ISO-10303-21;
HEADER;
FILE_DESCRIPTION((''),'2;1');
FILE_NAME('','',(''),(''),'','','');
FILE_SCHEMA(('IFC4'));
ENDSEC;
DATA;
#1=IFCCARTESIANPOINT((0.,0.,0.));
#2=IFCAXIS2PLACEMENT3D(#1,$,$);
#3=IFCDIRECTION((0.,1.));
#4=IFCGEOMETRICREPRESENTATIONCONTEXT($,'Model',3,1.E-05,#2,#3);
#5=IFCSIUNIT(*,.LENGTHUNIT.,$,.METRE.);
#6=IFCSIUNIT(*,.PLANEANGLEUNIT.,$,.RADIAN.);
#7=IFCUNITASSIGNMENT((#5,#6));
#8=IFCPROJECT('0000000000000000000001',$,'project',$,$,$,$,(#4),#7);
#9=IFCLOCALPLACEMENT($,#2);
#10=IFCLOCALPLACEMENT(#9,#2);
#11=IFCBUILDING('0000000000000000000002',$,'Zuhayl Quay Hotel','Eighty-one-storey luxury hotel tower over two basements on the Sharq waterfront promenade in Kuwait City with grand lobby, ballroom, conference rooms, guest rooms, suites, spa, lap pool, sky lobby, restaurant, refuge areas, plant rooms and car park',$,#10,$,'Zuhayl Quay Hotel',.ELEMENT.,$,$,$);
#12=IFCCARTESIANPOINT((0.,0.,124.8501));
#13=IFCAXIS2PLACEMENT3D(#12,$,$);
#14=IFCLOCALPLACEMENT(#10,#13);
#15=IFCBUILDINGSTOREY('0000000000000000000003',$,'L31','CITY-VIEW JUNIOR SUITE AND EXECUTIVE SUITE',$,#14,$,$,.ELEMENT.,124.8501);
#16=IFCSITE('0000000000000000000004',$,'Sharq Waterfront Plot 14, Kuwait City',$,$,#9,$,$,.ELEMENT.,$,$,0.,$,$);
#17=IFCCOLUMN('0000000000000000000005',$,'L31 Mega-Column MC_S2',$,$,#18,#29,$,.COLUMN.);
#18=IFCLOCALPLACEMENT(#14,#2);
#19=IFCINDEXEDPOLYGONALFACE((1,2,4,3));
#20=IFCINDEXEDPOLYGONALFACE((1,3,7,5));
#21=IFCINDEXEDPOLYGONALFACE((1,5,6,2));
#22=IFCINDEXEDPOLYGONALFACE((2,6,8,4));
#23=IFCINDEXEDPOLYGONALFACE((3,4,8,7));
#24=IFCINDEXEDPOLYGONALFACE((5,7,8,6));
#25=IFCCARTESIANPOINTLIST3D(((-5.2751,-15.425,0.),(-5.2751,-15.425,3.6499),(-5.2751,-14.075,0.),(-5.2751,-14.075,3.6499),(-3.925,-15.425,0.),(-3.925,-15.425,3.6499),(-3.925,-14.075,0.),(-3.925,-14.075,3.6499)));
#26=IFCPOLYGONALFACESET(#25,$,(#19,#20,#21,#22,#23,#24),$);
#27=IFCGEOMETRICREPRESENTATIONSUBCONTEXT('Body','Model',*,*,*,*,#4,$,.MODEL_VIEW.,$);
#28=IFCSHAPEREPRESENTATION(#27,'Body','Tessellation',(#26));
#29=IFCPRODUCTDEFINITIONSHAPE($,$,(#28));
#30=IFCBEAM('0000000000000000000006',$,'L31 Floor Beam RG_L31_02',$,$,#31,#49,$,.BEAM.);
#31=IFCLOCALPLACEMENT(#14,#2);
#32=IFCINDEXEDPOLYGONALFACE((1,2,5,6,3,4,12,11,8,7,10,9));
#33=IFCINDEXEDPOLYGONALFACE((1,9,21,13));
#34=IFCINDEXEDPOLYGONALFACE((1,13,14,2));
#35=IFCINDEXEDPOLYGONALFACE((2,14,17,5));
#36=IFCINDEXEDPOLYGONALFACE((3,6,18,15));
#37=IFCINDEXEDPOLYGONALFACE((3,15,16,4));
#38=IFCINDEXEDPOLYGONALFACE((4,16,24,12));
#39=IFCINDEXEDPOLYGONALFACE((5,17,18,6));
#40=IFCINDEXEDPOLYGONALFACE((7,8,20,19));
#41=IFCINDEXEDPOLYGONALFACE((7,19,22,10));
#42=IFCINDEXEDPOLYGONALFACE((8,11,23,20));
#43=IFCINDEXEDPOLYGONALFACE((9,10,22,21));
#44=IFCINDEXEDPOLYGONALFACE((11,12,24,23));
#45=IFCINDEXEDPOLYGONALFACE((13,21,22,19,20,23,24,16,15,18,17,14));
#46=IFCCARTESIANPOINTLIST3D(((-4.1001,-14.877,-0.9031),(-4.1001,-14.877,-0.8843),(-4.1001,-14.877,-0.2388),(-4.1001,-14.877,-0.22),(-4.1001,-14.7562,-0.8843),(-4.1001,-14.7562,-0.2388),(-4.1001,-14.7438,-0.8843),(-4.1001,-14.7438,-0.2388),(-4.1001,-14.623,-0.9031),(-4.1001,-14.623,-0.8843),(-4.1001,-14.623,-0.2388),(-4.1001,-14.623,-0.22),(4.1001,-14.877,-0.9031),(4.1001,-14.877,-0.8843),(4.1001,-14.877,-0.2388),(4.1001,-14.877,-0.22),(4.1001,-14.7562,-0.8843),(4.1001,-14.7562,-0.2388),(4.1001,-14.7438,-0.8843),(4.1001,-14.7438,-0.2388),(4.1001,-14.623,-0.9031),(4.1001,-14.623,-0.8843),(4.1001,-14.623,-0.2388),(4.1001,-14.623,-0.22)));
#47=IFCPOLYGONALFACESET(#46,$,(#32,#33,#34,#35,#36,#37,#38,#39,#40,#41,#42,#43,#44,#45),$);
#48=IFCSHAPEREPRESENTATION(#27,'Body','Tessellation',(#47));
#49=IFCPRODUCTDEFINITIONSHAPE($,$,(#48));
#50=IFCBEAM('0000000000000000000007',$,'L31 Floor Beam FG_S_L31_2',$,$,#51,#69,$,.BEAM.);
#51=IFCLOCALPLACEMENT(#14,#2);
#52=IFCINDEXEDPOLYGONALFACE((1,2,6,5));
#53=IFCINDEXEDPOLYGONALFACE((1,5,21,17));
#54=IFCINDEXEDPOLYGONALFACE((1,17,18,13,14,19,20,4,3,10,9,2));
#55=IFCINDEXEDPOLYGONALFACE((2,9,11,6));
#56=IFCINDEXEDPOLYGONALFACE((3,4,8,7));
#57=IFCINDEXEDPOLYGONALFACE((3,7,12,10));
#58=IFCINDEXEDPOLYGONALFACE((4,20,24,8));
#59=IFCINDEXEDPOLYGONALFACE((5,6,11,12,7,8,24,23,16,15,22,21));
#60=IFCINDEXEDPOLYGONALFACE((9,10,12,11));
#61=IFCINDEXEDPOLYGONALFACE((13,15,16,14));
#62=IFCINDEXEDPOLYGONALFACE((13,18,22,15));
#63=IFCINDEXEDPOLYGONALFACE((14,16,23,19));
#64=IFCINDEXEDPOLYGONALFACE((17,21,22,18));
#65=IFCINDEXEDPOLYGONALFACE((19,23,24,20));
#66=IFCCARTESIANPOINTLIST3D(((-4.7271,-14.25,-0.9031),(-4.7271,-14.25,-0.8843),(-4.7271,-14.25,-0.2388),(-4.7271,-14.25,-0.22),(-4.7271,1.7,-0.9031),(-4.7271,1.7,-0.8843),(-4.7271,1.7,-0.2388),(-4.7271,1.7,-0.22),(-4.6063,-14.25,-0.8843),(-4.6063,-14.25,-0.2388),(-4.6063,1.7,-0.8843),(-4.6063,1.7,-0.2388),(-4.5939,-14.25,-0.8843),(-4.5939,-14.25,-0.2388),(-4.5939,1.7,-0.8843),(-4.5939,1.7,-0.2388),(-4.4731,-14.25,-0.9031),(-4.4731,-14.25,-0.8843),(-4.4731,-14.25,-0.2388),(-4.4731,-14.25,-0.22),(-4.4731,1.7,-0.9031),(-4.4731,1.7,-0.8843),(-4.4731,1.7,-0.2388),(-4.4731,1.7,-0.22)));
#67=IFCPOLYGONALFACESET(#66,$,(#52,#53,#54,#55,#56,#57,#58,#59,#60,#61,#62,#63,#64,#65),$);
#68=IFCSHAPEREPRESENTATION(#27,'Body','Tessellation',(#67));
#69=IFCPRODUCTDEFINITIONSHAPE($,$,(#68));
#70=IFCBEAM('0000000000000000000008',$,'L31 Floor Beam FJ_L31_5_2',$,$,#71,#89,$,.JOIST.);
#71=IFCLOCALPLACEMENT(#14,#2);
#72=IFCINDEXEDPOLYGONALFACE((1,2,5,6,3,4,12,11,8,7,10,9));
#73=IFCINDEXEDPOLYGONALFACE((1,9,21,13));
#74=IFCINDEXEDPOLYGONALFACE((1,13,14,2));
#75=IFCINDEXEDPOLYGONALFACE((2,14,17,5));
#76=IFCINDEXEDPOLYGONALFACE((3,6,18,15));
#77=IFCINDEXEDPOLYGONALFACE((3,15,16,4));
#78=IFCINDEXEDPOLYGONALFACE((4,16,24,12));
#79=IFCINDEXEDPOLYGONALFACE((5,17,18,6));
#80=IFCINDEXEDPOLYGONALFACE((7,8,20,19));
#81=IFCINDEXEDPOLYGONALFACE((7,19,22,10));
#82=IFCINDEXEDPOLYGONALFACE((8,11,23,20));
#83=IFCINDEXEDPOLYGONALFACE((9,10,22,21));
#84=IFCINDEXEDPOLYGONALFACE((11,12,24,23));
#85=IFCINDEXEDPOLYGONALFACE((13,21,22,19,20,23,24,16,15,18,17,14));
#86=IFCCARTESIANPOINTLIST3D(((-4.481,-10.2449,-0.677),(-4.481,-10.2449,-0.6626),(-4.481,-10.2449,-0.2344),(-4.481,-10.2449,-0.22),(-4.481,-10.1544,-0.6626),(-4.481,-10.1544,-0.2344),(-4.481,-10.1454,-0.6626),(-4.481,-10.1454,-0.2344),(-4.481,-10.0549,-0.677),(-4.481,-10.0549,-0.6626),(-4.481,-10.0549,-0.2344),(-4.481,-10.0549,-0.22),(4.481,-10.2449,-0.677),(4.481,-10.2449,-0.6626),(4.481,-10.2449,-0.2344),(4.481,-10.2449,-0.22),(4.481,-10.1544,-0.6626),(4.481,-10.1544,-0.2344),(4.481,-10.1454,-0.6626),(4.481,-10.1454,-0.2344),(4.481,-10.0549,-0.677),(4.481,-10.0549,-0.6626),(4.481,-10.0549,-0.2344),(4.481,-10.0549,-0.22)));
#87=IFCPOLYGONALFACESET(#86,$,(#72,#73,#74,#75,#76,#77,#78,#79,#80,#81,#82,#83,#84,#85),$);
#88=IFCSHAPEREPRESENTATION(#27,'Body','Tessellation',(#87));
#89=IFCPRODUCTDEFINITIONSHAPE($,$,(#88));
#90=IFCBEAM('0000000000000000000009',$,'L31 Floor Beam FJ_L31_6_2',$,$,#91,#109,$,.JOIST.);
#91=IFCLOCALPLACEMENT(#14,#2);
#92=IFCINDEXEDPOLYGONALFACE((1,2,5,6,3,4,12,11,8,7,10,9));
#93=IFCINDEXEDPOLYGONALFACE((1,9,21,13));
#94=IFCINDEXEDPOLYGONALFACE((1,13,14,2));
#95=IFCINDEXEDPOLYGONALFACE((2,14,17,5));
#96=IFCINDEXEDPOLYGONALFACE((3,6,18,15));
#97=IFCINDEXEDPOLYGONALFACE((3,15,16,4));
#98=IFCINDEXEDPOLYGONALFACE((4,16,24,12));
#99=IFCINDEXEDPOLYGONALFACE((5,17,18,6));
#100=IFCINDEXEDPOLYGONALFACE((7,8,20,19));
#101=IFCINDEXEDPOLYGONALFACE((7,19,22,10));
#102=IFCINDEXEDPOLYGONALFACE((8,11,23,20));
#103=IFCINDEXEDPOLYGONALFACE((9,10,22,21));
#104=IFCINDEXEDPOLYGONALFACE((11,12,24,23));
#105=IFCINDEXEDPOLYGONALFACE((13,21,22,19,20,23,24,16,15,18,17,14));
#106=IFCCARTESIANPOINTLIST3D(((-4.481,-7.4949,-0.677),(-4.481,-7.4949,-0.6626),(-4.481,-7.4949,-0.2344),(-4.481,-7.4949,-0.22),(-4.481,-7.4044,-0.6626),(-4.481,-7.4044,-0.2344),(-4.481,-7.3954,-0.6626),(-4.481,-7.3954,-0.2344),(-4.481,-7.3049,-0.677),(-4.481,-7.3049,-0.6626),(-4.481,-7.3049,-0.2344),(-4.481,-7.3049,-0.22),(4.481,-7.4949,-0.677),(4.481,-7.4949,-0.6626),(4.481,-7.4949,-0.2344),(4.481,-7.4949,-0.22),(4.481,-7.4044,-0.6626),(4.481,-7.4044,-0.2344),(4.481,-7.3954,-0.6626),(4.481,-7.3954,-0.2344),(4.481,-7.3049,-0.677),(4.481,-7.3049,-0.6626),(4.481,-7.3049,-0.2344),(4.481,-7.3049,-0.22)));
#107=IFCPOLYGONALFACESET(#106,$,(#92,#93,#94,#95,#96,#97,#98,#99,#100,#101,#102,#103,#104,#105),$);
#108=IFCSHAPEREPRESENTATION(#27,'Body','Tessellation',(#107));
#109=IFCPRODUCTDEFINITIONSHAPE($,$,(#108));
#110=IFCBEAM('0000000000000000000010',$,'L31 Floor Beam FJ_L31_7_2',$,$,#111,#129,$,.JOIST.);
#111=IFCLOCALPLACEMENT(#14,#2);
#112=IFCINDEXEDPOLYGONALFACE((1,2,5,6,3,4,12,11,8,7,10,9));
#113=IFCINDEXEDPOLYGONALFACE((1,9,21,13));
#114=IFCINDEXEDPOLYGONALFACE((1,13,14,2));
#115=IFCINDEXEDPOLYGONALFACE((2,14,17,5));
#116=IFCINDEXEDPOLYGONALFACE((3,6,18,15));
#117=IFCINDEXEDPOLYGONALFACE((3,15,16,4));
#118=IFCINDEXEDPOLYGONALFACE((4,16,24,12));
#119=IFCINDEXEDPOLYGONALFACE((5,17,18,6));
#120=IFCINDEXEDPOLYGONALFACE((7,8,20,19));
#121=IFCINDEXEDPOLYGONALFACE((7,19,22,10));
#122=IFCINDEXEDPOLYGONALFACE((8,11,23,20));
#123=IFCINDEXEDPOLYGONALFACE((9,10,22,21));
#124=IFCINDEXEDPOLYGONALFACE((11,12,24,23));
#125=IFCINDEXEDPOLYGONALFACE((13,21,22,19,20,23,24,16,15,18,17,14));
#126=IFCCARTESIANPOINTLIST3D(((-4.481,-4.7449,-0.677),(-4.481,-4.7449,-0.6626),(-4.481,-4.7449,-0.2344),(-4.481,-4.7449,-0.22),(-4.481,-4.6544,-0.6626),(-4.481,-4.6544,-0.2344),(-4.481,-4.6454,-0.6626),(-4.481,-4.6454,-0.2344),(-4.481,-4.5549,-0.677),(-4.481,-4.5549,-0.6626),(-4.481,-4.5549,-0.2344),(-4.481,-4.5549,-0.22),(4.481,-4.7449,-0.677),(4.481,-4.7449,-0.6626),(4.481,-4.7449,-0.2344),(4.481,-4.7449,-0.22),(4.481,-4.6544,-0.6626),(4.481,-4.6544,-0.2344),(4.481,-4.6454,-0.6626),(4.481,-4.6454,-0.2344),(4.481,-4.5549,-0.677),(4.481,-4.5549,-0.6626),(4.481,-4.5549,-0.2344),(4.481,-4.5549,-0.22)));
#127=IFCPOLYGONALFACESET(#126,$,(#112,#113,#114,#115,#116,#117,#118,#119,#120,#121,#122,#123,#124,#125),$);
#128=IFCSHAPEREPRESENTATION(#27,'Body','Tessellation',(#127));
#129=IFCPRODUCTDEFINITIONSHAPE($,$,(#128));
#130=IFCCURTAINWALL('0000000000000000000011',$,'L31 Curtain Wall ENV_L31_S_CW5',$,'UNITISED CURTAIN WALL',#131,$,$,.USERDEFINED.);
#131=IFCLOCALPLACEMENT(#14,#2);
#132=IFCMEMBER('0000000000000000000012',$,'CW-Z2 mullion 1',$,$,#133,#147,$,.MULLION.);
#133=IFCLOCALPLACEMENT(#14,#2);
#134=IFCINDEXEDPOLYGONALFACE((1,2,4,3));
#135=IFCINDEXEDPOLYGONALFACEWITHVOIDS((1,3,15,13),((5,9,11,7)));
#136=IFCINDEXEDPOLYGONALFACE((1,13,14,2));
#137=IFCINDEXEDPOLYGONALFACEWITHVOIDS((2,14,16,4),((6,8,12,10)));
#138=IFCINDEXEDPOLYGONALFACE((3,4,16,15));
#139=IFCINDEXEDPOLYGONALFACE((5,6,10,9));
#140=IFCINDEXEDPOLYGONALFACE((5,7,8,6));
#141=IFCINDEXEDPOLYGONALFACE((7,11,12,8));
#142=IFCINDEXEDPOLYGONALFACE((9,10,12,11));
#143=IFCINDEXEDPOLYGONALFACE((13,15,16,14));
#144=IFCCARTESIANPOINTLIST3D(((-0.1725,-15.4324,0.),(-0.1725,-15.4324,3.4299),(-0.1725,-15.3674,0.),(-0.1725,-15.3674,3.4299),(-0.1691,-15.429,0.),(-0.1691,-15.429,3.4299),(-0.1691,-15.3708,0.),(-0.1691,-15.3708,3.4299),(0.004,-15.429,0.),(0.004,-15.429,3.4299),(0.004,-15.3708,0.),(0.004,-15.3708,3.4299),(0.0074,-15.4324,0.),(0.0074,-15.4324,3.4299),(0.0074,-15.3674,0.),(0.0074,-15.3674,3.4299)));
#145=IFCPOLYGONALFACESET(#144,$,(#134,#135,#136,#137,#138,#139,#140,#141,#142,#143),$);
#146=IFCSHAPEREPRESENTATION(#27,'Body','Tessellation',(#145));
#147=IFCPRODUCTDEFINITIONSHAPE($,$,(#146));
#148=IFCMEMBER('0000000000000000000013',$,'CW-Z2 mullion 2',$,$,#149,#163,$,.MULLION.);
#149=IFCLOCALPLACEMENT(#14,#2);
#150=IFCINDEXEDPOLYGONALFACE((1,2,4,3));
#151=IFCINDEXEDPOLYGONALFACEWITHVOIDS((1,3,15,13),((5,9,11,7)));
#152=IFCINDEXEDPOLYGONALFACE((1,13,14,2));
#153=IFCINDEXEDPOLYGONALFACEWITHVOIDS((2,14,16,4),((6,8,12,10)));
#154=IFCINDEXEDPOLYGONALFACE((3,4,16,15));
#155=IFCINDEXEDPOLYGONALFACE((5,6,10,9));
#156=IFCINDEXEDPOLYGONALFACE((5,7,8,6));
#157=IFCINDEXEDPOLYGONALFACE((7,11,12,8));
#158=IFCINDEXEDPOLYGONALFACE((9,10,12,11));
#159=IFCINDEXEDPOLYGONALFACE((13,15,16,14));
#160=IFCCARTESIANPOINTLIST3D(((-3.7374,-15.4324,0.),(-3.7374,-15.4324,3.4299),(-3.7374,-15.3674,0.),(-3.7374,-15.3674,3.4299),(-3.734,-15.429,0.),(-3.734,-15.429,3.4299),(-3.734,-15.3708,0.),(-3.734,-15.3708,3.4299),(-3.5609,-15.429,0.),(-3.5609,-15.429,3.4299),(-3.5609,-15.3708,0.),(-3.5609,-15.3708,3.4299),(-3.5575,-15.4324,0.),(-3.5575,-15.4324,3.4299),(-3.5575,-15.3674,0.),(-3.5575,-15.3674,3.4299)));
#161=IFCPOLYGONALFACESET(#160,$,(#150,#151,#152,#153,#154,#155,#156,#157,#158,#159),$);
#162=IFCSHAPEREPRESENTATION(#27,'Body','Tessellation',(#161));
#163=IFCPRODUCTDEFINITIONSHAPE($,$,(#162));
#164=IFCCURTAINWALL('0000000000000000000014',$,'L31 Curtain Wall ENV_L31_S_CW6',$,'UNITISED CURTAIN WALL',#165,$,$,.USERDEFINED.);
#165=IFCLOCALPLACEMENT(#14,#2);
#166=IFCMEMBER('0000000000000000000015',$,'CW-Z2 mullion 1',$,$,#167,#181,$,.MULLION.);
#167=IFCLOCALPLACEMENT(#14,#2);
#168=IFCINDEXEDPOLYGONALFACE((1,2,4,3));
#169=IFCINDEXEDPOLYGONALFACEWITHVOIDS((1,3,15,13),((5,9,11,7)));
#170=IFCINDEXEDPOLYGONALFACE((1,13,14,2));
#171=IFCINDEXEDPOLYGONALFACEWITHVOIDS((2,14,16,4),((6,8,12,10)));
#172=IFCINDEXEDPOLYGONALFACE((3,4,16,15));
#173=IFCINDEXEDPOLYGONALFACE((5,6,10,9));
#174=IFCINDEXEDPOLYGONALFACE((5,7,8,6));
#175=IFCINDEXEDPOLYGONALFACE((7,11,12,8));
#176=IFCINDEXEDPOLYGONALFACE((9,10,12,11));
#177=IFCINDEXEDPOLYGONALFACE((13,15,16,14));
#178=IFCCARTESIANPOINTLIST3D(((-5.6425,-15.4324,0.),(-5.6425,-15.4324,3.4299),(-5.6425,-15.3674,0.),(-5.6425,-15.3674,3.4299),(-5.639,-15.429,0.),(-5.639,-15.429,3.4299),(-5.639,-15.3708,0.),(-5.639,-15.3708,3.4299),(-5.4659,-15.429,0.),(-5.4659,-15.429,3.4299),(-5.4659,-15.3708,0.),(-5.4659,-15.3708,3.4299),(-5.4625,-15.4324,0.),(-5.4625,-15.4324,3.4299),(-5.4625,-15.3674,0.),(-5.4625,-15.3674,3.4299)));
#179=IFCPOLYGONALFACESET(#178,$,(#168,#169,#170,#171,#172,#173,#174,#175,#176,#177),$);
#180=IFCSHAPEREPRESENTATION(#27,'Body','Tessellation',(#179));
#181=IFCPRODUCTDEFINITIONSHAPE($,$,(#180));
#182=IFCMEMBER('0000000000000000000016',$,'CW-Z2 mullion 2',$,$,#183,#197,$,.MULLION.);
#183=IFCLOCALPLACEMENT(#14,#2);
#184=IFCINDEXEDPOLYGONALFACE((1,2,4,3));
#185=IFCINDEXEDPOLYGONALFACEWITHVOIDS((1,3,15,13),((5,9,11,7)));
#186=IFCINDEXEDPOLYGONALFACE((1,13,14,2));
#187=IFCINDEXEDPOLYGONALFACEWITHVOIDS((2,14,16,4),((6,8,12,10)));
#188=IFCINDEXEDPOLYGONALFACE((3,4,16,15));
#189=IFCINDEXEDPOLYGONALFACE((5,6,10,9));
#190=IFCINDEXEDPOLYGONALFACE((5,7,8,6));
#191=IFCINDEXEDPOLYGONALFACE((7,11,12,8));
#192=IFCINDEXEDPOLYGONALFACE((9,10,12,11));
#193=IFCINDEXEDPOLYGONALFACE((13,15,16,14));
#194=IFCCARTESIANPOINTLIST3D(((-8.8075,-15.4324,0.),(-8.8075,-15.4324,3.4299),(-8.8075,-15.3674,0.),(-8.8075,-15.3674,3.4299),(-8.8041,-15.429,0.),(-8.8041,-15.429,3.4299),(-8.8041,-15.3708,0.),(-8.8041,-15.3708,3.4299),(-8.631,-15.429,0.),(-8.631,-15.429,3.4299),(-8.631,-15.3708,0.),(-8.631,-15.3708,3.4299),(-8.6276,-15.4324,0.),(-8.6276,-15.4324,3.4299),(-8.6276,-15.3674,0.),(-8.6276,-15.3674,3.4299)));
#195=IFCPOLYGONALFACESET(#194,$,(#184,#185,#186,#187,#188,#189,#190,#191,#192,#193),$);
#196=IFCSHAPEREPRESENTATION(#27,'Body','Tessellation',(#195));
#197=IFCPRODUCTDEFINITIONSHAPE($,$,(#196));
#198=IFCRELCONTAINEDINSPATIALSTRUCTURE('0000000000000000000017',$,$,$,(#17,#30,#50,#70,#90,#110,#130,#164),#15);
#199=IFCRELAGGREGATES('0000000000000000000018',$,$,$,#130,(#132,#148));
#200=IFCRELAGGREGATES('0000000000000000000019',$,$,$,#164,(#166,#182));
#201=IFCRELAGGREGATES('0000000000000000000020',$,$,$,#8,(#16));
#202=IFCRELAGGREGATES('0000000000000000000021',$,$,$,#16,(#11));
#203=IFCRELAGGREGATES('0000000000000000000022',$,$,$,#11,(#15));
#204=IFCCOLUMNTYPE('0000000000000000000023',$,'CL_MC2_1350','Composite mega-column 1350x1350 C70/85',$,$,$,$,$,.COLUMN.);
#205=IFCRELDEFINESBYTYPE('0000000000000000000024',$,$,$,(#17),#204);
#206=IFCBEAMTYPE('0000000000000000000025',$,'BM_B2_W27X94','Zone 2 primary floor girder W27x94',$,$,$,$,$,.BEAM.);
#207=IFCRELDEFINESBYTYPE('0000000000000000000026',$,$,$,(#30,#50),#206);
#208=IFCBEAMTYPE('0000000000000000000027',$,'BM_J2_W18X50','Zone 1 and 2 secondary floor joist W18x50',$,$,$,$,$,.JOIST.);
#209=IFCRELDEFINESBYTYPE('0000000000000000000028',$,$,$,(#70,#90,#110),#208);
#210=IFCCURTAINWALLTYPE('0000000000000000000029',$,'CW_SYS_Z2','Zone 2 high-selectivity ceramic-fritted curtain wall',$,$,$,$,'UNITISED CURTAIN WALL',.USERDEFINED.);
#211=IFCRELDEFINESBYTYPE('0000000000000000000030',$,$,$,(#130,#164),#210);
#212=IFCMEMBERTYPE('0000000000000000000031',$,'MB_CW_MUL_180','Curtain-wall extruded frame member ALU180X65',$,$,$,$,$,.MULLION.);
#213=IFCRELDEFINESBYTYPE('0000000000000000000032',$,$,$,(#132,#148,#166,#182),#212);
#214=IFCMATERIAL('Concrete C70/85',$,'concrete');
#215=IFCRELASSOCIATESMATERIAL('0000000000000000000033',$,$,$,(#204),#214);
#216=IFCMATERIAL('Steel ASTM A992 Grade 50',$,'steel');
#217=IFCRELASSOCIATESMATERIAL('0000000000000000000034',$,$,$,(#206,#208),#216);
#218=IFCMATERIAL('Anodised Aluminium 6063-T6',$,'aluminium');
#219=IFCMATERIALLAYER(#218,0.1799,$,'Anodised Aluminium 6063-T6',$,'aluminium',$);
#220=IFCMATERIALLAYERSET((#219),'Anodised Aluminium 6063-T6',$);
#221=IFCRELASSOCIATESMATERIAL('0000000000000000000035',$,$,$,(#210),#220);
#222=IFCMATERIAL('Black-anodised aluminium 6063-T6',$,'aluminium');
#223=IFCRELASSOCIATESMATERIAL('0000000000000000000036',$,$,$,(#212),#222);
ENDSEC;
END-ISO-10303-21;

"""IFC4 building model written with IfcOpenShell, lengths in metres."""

from ifc_helpers import new_model, si_unit, direction, frame, origin, origin_2d, place, context, subcontext, project, spatial, rectangle, hollow_rectangle, i_section, extrude, material, layer, layer_set, material_profile, profile_set, type_object, element, aggregate, save


model = new_model("IFC4")

# Units and contexts
model_context = context("Model", 3, precision=1e-05, world=origin(), true_north=direction((0.0, 1.0)))
body_context = subcontext(model_context, "Body", "Model", "MODEL_VIEW")
ifc_project = project(units=[si_unit("LENGTHUNIT", "METRE"), si_unit("PLANEANGLEUNIT", "RADIAN")], contexts=[model_context])

# Site, building, storey
site_placement = place(None, origin())
site = spatial("IfcSite", under=ifc_project, at=site_placement, Name="Sharq Waterfront Plot 14, Kuwait City", CompositionType="ELEMENT", RefElevation=0.0)
building_placement = place(site_placement, origin())
building = spatial("IfcBuilding", under=site, at=building_placement, Name="Zuhayl Quay Hotel", Description="Eighty-one-storey luxury hotel tower over two basements on the Sharq waterfront promenade in Kuwait City with grand lobby, ballroom, conference rooms, guest rooms, suites, spa, lap pool, sky lobby, restaurant, refuge areas, plant rooms and car park", LongName="Zuhayl Quay Hotel", CompositionType="ELEMENT")
storey_placement = place(building_placement, frame((0.0, 0.0, 124.8501)))
storey = spatial("IfcBuildingStorey", under=building, at=storey_placement, Name="L31", Description="CITY-VIEW JUNIOR SUITE AND EXECUTIVE SUITE", CompositionType="ELEMENT", Elevation=124.8501)

# Column
ifc_material_1 = material(Name="Concrete C70/85", Category="concrete")
ifc_material_profile_1 = material_profile(ifc_material_1, rectangle(XDim=1.3501, YDim=1.3501, at=origin_2d()), Name="RC1350X1350")
ifc_profile_set_1 = profile_set([ifc_material_profile_1], Name="Concrete C70/85")
column_type = type_object("IfcColumnType", Name="CL_MC2_1350", Description="Composite mega-column 1350x1350 C70/85", PredefinedType="COLUMN", material=ifc_profile_set_1)
column_placement = place(storey_placement, frame((-4.6001, -14.75, 0.0), z_axis=(0.0, 0.0, 1.0), x_axis=(1.0, 0.0, 0.0)))
element("IfcColumn", 1, at=column_placement, inside=storey, type_object=column_type, Name="L31 Mega-Column MC_S2", PredefinedType="COLUMN", context=body_context, shape_type="SweptSolid", body=[
    extrude(rectangle(XDim=1.3501, YDim=1.3501, at=origin_2d()), origin(), (0.0, 0.0, 1.0), 3.6499),
])

# Beams
ifc_material_2 = material(Name="Steel ASTM A992 Grade 50", Category="steel")
ifc_material_profile_2 = material_profile(ifc_material_2, i_section(OverallWidth=0.2539, OverallDepth=0.6831, WebThickness=0.0125, FlangeThickness=0.0188, at=origin_2d()), Name="W27X94")
ifc_profile_set_2 = profile_set([ifc_material_profile_2], Name="Steel ASTM A992 Grade 50")
beam_type_1 = type_object("IfcBeamType", Name="BM_B2_W27X94", Description="Zone 2 primary floor girder W27x94", PredefinedType="BEAM", material=ifc_profile_set_2)
beam_1_placement = place(storey_placement, frame((-4.1001, -14.75, -0.5615), z_axis=(1.0, 0.0, 0.0), x_axis=(0.0, 1.0, 0.0)))
element("IfcBeam", 2, at=beam_1_placement, inside=storey, type_object=beam_type_1, Name="L31 Floor Beam RG_L31_02", PredefinedType="BEAM", context=body_context, shape_type="SweptSolid", body=[
    extrude(i_section(OverallWidth=0.2539, OverallDepth=0.6831, WebThickness=0.0125, FlangeThickness=0.0188, at=origin_2d()), origin(), (0.0, 0.0, 1.0), 8.2002),
])
beam_2_placement = place(storey_placement, frame((-4.6001, -14.25, -0.5615), z_axis=(0.0, 1.0, 0.0), x_axis=(-1.0, 0.0, 0.0)))
element("IfcBeam", 3, at=beam_2_placement, inside=storey, type_object=beam_type_1, Name="L31 Floor Beam FG_S_L31_2", PredefinedType="BEAM", context=body_context, shape_type="SweptSolid", body=[
    extrude(i_section(OverallWidth=0.2539, OverallDepth=0.6831, WebThickness=0.0125, FlangeThickness=0.0188, at=origin_2d()), origin(), (0.0, 0.0, 1.0), 15.95),
])
ifc_material_profile_3 = material_profile(ifc_material_2, i_section(OverallWidth=0.1899, OverallDepth=0.457, WebThickness=0.009, FlangeThickness=0.0144, at=origin_2d()), Name="W18X50")
ifc_profile_set_3 = profile_set([ifc_material_profile_3], Name="Steel ASTM A992 Grade 50")
beam_type_2 = type_object("IfcBeamType", Name="BM_J2_W18X50", Description="Zone 1 and 2 secondary floor joist W18x50", PredefinedType="JOIST", material=ifc_profile_set_3)
for number, where, z_axis, x_axis, name in (
    (4, (-4.481, -10.1499, -0.4485), (1.0, 0.0, 0.0), (0.0, 1.0, 0.0), "L31 Floor Beam FJ_L31_5_2"),
    (5, (-4.481, -7.3999, -0.4485), (1.0, 0.0, 0.0), (0.0, 1.0, 0.0), "L31 Floor Beam FJ_L31_6_2"),
    (6, (-4.481, -4.6499, -0.4485), (1.0, 0.0, 0.0), (0.0, 1.0, 0.0), "L31 Floor Beam FJ_L31_7_2"),
):
    element("IfcBeam", number, at=place(storey_placement, frame(where, z_axis=z_axis, x_axis=x_axis)), inside=storey, type_object=beam_type_2, Name=name, PredefinedType="JOIST", context=body_context, shape_type="SweptSolid", body=[
        extrude(i_section(OverallWidth=0.1899, OverallDepth=0.457, WebThickness=0.009, FlangeThickness=0.0144, at=origin_2d()), origin(), (0.0, 0.0, 1.0), 8.9619),
    ])

# Curtain walls, members
ifc_material_3 = material(Name="Anodised Aluminium 6063-T6", Category="aluminium")
ifc_layer_1 = layer(ifc_material_3, 0.1799, Name="Anodised Aluminium 6063-T6", Category="aluminium")
ifc_layer_set_1 = layer_set([ifc_layer_1], Name="Anodised Aluminium 6063-T6")
curtain_wall_type = type_object("IfcCurtainWallType", Name="CW_SYS_Z2", Description="Zone 2 high-selectivity ceramic-fritted curtain wall", ElementType="UNITISED CURTAIN WALL", PredefinedType="USERDEFINED", material=ifc_layer_set_1)
curtain_wall_1_placement = place(storey_placement, origin())
curtain_wall_1 = element("IfcCurtainWall", 7, at=curtain_wall_1_placement, inside=storey, type_object=curtain_wall_type, Name="L31 Curtain Wall ENV_L31_S_CW5", ObjectType="UNITISED CURTAIN WALL", PredefinedType="USERDEFINED")
ifc_material_4 = material(Name="Black-anodised aluminium 6063-T6", Category="aluminium")
ifc_material_profile_4 = material_profile(ifc_material_4, hollow_rectangle(XDim=0.0649, YDim=0.1799, WallThickness=0.0034, at=origin_2d()), Name="ALU180X65")
ifc_profile_set_4 = profile_set([ifc_material_profile_4], Name="Black-anodised aluminium 6063-T6")
member_type_1 = type_object("IfcMemberType", Name="MB_CW_MUL_180", Description="Curtain-wall extruded frame member ALU180X65", PredefinedType="MULLION", material=ifc_profile_set_4)
member_1_placement = place(storey_placement, frame((-0.0825, -15.3999, 0.0), z_axis=(0.0, 0.0, 1.0), x_axis=(0.0, -1.0, 0.0)))
member_1 = element("IfcMember", 8, at=member_1_placement, type_object=member_type_1, Name="CW-Z2 mullion 1", PredefinedType="MULLION", context=body_context, shape_type="SweptSolid", body=[
    extrude(hollow_rectangle(XDim=0.0649, YDim=0.1799, WallThickness=0.0034, at=origin_2d()), origin(), (0.0, 0.0, 1.0), 3.4299),
])
member_2_placement = place(storey_placement, frame((-3.6475, -15.3999, 0.0), z_axis=(0.0, 0.0, 1.0), x_axis=(0.0, -1.0, 0.0)))
member_2 = element("IfcMember", 9, at=member_2_placement, type_object=member_type_1, Name="CW-Z2 mullion 2", PredefinedType="MULLION", context=body_context, shape_type="SweptSolid", body=[
    extrude(hollow_rectangle(XDim=0.0649, YDim=0.1799, WallThickness=0.0034, at=origin_2d()), origin(), (0.0, 0.0, 1.0), 3.4299),
])
curtain_wall_2_placement = place(storey_placement, origin())
curtain_wall_2 = element("IfcCurtainWall", 10, at=curtain_wall_2_placement, inside=storey, type_object=curtain_wall_type, Name="L31 Curtain Wall ENV_L31_S_CW6", ObjectType="UNITISED CURTAIN WALL", PredefinedType="USERDEFINED")
member_3_placement = place(storey_placement, frame((-5.5525, -15.3999, 0.0), z_axis=(0.0, 0.0, 1.0), x_axis=(0.0, -1.0, 0.0)))
member_3 = element("IfcMember", 11, at=member_3_placement, type_object=member_type_1, Name="CW-Z2 mullion 1", PredefinedType="MULLION", context=body_context, shape_type="SweptSolid", body=[
    extrude(hollow_rectangle(XDim=0.0649, YDim=0.1799, WallThickness=0.0034, at=origin_2d()), origin(), (0.0, 0.0, 1.0), 3.4299),
])
member_4_placement = place(storey_placement, frame((-8.7175, -15.3999, 0.0), z_axis=(0.0, 0.0, 1.0), x_axis=(0.0, -1.0, 0.0)))
member_4 = element("IfcMember", 12, at=member_4_placement, type_object=member_type_1, Name="CW-Z2 mullion 2", PredefinedType="MULLION", context=body_context, shape_type="SweptSolid", body=[
    extrude(hollow_rectangle(XDim=0.0649, YDim=0.1799, WallThickness=0.0034, at=origin_2d()), origin(), (0.0, 0.0, 1.0), 3.4299),
])

aggregate(curtain_wall_1, [member_1, member_2])
aggregate(curtain_wall_2, [member_3, member_4])

save(model, "model.ifc")
